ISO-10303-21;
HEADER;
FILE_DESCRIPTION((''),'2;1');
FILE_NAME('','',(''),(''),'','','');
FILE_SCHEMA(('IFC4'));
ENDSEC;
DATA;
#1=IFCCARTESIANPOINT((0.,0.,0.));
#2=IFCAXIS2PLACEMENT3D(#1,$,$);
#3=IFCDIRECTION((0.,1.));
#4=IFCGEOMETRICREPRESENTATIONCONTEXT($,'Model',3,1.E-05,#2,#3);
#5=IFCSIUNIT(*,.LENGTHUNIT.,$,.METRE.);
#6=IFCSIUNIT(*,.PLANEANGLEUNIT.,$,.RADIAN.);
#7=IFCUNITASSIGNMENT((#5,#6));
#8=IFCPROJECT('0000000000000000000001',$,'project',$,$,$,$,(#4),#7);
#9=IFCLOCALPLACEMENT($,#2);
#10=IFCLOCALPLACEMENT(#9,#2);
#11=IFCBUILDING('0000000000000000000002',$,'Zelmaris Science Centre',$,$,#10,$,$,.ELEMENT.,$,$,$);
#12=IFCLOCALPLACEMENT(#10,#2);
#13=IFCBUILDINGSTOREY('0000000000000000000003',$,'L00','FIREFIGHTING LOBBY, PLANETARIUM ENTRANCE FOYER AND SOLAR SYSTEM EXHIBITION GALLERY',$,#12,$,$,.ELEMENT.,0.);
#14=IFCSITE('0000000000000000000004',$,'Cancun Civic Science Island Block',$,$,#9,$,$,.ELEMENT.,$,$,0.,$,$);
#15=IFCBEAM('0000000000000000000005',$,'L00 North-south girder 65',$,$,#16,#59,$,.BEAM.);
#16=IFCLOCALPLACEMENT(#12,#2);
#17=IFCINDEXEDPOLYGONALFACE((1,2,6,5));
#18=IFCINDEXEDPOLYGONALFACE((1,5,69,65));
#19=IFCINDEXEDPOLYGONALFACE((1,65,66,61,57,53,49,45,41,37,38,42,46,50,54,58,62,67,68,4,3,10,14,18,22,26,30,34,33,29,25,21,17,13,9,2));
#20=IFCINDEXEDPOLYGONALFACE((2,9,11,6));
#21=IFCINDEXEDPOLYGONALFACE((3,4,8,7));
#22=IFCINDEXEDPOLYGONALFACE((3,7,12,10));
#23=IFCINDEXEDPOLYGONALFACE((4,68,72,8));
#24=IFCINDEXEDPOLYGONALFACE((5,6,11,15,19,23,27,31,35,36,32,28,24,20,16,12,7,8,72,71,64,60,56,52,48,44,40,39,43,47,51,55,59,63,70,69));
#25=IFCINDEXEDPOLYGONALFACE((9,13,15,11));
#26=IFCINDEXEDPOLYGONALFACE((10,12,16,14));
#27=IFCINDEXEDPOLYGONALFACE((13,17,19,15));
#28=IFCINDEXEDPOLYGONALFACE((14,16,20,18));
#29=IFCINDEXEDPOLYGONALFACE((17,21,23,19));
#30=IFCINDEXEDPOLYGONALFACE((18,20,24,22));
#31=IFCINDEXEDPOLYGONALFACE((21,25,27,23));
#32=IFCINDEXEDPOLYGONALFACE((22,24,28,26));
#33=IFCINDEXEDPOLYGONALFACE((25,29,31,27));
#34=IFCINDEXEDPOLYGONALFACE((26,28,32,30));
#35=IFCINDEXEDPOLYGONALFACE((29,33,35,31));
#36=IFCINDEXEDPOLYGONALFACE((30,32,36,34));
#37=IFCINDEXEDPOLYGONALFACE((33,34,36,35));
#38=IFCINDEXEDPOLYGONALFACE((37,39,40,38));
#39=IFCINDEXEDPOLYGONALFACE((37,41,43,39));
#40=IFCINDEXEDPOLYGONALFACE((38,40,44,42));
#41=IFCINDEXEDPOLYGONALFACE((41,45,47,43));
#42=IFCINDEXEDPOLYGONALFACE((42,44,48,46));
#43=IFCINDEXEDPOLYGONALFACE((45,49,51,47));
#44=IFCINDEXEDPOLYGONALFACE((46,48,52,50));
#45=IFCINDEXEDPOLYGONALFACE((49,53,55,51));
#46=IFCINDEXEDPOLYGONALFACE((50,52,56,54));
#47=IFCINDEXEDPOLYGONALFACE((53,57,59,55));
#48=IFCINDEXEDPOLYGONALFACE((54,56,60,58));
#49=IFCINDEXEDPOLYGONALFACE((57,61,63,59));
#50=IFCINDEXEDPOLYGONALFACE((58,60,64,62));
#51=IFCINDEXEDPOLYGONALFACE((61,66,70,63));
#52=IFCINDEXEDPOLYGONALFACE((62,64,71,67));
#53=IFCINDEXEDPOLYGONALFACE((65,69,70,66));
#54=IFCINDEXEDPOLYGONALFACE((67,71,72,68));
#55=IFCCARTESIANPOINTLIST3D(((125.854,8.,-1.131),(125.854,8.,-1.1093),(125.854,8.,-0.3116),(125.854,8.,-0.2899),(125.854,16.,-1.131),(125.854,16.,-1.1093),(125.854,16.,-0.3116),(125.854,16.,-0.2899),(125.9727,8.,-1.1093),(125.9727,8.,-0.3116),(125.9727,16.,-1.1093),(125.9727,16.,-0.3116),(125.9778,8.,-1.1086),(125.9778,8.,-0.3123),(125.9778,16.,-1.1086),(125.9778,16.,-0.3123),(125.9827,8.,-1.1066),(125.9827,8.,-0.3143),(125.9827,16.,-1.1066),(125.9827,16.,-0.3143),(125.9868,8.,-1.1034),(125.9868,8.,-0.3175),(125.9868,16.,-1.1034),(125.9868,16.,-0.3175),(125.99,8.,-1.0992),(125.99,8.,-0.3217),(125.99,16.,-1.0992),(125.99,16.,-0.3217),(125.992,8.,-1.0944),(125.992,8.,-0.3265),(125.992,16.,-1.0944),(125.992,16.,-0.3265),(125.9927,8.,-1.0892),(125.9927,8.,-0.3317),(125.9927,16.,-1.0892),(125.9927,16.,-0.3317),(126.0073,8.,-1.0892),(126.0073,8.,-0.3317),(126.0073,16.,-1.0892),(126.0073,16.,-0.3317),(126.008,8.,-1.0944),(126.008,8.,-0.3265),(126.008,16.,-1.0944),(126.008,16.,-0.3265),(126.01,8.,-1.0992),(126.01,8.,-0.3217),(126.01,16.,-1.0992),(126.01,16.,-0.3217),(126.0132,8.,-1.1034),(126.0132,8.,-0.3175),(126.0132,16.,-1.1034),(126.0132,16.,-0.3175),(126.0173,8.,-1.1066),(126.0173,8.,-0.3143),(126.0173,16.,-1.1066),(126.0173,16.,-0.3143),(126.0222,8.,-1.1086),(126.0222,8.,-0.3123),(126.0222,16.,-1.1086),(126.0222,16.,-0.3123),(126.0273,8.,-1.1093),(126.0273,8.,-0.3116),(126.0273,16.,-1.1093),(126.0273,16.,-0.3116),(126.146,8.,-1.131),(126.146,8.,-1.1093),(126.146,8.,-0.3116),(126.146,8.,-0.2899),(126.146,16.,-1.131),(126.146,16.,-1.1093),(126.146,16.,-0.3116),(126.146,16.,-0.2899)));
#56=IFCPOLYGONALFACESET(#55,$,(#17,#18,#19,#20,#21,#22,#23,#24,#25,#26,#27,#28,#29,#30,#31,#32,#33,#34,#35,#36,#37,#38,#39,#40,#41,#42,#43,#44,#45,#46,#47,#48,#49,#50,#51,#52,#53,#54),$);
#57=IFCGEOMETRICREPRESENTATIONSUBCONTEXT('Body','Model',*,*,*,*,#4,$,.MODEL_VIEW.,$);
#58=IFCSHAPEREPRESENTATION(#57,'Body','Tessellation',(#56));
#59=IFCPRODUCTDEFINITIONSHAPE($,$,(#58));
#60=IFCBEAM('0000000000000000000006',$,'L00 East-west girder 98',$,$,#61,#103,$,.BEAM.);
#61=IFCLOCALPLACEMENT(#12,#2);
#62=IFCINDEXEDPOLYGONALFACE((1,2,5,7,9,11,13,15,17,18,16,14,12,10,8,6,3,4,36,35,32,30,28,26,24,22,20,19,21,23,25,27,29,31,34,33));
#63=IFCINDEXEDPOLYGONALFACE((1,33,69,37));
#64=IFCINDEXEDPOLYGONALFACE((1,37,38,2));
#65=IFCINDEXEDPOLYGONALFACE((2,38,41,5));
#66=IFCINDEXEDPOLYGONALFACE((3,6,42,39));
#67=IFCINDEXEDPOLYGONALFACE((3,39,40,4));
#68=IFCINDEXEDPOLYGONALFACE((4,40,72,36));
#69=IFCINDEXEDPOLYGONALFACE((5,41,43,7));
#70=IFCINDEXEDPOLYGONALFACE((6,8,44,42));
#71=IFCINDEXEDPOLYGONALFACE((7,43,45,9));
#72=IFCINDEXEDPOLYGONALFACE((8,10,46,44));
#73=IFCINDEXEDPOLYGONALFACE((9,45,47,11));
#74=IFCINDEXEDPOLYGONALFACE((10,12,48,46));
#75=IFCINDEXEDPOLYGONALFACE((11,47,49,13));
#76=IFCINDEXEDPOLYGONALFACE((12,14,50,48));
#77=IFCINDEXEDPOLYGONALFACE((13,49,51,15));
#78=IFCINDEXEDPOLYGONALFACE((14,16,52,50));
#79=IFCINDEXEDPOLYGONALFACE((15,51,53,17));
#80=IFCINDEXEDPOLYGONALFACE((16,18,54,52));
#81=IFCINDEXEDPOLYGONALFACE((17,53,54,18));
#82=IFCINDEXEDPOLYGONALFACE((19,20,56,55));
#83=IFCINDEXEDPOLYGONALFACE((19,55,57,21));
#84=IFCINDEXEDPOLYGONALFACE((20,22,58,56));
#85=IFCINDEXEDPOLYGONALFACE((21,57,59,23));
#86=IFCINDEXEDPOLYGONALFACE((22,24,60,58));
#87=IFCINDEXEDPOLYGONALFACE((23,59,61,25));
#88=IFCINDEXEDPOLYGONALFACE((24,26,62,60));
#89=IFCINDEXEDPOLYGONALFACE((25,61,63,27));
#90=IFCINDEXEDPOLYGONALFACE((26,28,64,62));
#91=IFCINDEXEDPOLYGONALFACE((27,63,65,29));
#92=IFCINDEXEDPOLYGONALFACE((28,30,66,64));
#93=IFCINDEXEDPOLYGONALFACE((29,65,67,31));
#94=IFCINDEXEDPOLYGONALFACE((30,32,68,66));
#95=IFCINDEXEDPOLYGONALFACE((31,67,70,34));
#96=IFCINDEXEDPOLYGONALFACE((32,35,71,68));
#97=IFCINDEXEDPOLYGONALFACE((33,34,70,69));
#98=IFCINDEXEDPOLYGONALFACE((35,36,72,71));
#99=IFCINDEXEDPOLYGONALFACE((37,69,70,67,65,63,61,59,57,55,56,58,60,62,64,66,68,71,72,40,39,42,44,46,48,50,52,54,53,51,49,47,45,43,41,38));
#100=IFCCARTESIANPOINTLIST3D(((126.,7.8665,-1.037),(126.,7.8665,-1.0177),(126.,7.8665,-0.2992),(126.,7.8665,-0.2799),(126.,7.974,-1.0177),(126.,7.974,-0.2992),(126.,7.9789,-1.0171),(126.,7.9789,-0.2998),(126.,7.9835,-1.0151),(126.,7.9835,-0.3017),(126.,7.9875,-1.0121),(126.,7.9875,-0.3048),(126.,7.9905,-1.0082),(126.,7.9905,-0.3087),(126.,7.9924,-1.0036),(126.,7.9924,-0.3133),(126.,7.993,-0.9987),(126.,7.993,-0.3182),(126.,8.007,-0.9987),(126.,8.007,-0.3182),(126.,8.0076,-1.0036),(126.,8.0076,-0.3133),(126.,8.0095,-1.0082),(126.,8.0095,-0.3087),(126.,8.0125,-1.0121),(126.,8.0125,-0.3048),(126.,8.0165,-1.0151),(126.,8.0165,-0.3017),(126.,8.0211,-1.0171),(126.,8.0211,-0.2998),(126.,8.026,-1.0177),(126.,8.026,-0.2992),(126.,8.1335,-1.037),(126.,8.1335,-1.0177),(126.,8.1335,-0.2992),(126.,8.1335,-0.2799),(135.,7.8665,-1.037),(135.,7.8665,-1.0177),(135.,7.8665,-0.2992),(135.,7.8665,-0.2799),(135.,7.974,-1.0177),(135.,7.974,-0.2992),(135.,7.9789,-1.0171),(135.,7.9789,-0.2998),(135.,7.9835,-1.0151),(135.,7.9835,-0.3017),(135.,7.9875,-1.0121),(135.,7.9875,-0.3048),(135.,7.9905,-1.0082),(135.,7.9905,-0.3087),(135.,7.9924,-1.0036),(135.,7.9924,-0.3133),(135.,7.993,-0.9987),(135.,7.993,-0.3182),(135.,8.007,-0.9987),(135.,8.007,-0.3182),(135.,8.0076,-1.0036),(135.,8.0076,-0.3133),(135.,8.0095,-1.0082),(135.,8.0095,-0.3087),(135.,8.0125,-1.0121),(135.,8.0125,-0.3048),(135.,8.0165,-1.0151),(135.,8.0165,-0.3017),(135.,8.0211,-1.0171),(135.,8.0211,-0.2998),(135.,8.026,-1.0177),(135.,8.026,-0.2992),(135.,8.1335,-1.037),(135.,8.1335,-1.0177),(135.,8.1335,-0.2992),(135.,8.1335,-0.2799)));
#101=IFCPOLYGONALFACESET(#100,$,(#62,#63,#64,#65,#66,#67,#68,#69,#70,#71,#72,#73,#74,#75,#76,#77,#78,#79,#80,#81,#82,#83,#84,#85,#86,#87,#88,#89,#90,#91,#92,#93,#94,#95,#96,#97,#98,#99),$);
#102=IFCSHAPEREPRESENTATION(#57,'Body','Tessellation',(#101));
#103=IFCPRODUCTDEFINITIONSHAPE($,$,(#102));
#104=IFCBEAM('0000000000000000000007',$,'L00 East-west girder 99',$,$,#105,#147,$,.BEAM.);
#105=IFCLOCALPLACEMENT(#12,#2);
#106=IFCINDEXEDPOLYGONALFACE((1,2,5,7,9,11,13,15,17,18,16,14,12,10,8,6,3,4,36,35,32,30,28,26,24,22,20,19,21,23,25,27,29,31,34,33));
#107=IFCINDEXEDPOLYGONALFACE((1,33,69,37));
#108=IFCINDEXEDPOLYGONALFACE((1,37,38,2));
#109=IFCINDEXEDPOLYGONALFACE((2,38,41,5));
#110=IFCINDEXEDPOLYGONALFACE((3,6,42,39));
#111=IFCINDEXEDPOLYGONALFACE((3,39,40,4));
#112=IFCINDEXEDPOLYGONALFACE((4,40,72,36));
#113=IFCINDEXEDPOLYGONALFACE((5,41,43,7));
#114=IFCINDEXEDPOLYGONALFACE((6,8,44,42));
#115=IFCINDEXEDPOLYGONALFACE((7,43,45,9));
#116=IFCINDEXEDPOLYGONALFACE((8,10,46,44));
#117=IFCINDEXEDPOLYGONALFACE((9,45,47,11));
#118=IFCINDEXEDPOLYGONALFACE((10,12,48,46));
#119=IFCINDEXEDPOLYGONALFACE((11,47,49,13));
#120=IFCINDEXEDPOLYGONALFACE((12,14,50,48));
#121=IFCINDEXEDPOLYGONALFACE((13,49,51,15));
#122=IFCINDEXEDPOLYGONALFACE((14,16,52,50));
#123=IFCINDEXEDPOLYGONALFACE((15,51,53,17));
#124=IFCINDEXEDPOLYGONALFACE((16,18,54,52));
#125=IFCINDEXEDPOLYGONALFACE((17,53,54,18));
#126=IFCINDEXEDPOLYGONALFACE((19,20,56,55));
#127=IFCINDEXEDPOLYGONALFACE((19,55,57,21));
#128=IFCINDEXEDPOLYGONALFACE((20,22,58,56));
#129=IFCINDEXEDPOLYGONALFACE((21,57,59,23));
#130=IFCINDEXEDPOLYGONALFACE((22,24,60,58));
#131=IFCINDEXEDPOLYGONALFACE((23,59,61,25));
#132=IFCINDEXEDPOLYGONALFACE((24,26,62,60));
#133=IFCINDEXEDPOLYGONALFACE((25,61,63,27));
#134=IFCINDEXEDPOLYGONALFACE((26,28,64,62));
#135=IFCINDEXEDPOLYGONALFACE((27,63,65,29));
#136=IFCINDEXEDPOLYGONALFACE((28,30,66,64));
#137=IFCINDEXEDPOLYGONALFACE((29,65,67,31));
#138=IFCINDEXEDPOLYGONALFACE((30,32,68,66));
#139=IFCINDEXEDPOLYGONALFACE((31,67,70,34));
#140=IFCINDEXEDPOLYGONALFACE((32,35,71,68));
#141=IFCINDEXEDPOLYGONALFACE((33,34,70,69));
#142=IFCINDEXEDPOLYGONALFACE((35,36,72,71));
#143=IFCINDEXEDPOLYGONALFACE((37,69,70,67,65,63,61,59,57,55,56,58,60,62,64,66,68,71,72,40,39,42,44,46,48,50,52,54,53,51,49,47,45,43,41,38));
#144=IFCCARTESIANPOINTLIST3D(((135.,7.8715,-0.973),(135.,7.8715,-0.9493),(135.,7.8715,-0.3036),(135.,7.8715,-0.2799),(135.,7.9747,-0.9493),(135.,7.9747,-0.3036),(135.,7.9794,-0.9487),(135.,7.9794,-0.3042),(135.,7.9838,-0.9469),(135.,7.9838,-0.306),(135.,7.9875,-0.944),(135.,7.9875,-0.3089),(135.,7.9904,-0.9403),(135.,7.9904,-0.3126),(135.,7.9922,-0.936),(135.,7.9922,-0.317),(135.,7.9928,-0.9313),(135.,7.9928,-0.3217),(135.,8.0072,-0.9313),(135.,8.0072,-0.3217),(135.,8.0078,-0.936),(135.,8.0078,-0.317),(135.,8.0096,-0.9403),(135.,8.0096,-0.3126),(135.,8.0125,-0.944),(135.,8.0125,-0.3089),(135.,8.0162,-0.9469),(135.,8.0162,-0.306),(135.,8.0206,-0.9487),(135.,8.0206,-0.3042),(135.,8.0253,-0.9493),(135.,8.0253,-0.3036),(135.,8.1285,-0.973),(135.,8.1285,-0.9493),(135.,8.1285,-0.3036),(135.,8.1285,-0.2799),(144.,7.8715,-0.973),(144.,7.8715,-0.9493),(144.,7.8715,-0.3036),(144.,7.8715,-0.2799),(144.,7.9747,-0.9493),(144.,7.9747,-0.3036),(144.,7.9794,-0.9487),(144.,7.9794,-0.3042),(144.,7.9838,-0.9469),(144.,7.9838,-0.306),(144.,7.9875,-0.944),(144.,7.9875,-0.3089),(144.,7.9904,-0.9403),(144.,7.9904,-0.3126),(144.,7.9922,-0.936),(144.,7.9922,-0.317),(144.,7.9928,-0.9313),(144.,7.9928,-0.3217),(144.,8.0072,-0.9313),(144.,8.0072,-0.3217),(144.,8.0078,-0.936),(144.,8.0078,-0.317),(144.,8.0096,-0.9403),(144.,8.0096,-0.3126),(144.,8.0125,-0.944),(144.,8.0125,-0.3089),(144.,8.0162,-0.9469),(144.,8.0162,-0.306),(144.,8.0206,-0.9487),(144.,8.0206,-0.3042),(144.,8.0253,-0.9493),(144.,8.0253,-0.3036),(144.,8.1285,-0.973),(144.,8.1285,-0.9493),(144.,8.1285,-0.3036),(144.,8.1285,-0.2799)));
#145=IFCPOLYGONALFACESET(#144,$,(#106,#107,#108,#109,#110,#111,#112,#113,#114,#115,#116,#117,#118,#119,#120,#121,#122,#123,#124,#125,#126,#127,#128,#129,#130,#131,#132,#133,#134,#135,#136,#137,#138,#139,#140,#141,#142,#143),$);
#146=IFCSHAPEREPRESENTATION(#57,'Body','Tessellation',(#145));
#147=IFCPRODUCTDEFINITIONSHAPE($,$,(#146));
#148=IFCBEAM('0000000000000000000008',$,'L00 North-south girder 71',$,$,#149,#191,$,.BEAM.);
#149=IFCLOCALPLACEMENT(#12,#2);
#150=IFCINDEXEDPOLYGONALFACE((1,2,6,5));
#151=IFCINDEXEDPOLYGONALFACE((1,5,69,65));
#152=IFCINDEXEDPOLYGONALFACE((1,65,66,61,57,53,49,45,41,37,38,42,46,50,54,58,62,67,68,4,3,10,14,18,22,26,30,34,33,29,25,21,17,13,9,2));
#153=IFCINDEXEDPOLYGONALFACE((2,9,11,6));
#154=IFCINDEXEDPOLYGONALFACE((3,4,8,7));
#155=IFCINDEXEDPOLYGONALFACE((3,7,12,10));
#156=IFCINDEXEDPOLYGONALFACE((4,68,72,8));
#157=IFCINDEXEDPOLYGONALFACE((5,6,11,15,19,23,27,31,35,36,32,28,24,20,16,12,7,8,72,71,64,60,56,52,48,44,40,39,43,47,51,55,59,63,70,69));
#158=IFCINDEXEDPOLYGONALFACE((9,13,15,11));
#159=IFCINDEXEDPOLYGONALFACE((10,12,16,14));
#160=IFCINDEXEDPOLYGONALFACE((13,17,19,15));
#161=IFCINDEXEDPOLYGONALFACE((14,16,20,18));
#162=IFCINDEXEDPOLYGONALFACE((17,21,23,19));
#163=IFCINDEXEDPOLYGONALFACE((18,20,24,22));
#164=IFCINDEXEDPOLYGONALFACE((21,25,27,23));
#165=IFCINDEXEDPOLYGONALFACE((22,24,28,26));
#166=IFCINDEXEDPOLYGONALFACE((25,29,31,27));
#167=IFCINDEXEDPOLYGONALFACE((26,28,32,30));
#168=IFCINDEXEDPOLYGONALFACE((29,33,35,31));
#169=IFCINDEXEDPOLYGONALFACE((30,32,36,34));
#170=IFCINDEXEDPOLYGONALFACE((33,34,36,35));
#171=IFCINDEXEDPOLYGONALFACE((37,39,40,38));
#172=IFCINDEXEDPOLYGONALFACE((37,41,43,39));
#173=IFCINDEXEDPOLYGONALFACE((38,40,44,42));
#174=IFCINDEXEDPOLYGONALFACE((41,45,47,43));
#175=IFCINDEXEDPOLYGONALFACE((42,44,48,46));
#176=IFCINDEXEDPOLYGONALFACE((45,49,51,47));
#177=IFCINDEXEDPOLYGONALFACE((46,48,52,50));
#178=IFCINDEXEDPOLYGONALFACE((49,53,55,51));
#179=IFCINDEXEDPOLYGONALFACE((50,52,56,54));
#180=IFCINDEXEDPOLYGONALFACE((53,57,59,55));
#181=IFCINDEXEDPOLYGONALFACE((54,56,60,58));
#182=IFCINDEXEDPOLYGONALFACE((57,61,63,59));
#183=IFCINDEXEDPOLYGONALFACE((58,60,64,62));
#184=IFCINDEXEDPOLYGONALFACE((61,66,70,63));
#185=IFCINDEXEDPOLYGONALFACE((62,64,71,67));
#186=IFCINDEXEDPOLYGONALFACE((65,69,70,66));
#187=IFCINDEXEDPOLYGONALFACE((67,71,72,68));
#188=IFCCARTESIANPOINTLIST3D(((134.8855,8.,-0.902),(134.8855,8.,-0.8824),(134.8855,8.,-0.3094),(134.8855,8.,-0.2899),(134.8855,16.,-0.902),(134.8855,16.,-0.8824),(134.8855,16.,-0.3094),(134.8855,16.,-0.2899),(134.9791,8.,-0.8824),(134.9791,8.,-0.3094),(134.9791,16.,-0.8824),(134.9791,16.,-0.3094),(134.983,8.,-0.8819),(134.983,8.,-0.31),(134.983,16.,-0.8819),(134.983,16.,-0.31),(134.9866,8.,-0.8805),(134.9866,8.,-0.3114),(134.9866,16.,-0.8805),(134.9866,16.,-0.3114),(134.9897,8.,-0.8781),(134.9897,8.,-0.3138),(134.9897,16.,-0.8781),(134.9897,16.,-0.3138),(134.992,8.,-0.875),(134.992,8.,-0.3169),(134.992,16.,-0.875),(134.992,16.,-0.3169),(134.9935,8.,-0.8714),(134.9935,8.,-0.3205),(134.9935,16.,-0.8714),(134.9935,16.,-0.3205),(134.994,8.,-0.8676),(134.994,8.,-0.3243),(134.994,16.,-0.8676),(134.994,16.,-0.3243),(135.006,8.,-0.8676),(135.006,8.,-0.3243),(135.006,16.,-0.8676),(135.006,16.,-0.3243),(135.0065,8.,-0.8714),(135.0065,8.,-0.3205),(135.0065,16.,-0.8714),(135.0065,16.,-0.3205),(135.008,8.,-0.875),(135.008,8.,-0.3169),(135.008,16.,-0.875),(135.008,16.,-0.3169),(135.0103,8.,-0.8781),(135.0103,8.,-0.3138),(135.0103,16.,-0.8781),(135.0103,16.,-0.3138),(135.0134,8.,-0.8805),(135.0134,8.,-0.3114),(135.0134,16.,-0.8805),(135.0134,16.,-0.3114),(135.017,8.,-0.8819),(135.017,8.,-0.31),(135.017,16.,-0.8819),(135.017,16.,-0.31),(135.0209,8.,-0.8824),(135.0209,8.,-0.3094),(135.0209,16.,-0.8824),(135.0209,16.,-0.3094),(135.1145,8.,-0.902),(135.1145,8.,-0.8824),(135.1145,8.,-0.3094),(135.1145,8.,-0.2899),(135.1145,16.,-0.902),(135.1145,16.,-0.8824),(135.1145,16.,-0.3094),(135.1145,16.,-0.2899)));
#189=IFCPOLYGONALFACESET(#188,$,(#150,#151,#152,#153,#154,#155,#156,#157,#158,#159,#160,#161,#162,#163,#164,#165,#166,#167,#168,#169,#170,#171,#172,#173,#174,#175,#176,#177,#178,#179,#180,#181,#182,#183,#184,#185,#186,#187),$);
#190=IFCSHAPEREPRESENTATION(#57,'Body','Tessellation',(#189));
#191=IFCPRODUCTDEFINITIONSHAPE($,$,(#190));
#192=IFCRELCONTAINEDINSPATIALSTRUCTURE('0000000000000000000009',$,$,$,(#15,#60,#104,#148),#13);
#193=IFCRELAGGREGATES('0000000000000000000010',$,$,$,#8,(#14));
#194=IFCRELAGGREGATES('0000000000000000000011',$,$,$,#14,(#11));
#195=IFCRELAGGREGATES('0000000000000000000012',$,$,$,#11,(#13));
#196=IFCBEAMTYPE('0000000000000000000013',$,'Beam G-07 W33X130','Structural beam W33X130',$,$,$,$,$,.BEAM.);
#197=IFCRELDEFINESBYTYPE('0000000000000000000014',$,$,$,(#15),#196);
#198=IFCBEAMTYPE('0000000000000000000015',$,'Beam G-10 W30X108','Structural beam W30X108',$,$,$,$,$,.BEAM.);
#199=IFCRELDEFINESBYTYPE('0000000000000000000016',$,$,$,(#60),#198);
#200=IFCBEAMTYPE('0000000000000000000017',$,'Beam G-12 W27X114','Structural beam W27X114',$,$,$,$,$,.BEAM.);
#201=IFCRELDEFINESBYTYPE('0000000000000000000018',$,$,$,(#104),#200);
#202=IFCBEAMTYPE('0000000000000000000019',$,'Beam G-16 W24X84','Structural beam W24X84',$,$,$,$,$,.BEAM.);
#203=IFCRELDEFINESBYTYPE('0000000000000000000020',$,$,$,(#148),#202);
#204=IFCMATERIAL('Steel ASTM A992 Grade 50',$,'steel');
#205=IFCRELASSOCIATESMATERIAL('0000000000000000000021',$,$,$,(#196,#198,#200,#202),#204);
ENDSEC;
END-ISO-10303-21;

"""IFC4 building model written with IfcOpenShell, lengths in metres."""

from ifc_helpers import new_model, si_unit, direction, frame, origin, origin_2d, place, context, subcontext, project, spatial, i_section, extrude, material, material_profile, profile_set, type_object, element, save


model = new_model("IFC4")

# Units and contexts
model_context = context("Model", 3, precision=1e-05, world=origin(), true_north=direction((0.0, 1.0)))
body_context = subcontext(model_context, "Body", "Model", "MODEL_VIEW")
ifc_project = project(units=[si_unit("LENGTHUNIT", "METRE"), si_unit("PLANEANGLEUNIT", "RADIAN")], contexts=[model_context])

# Site, building, storey
site_placement = place(None, origin())
site = spatial("IfcSite", under=ifc_project, at=site_placement, Name="Cancun Civic Science Island Block", CompositionType="ELEMENT", RefElevation=0.0)
building_placement = place(site_placement, origin())
building = spatial("IfcBuilding", under=site, at=building_placement, Name="Zelmaris Science Centre", CompositionType="ELEMENT")
storey_placement = place(building_placement, origin())
storey = spatial("IfcBuildingStorey", under=building, at=storey_placement, Name="L00", Description="FIREFIGHTING LOBBY, PLANETARIUM ENTRANCE FOYER AND SOLAR SYSTEM EXHIBITION GALLERY", CompositionType="ELEMENT", Elevation=0.0)

# Beams
ifc_material_1 = material(Name="Steel ASTM A992 Grade 50", Category="steel")
ifc_material_profile_1 = material_profile(ifc_material_1, i_section(OverallWidth=0.292, OverallDepth=0.8411, WebThickness=0.0146, FlangeThickness=0.0217, FilletRadius=0.02, at=origin_2d()), Name="W33X130")
ifc_profile_set_1 = profile_set([ifc_material_profile_1], Name="Steel ASTM A992 Grade 50")
beam_type_1 = type_object("IfcBeamType", Name="Beam G-07 W33X130", Description="Structural beam W33X130", PredefinedType="BEAM", material=ifc_profile_set_1)
beam_1_placement = place(storey_placement, frame((126.0, 8.0, -0.7104), z_axis=(0.0, 1.0, 0.0), x_axis=(-1.0, 0.0, 0.0)))
element("IfcBeam", 1, at=beam_1_placement, inside=storey, type_object=beam_type_1, Name="L00 North-south girder 65", PredefinedType="BEAM", context=body_context, shape_type="SweptSolid", body=[
    extrude(i_section(OverallWidth=0.292, OverallDepth=0.8411, WebThickness=0.0146, FlangeThickness=0.0217, FilletRadius=0.02, at=origin_2d()), origin(), (0.0, 0.0, 1.0), 8.0),
])
ifc_material_profile_2 = material_profile(ifc_material_1, i_section(OverallWidth=0.2671, OverallDepth=0.7571, WebThickness=0.0139, FlangeThickness=0.0193, FilletRadius=0.019, at=origin_2d()), Name="W30X108")
ifc_profile_set_2 = profile_set([ifc_material_profile_2], Name="Steel ASTM A992 Grade 50")
beam_type_2 = type_object("IfcBeamType", Name="Beam G-10 W30X108", Description="Structural beam W30X108", PredefinedType="BEAM", material=ifc_profile_set_2)
beam_2_placement = place(storey_placement, frame((126.0, 8.0, -0.6584), z_axis=(1.0, 0.0, 0.0), x_axis=(0.0, 1.0, 0.0)))
element("IfcBeam", 2, at=beam_2_placement, inside=storey, type_object=beam_type_2, Name="L00 East-west girder 98", PredefinedType="BEAM", context=body_context, shape_type="SweptSolid", body=[
    extrude(i_section(OverallWidth=0.2671, OverallDepth=0.7571, WebThickness=0.0139, FlangeThickness=0.0193, FilletRadius=0.019, at=origin_2d()), origin(), (0.0, 0.0, 1.0), 9.0),
])
ifc_material_profile_3 = material_profile(ifc_material_1, i_section(OverallWidth=0.2571, OverallDepth=0.6931, WebThickness=0.0144, FlangeThickness=0.0237, FilletRadius=0.0181, at=origin_2d()), Name="W27X114")
ifc_profile_set_3 = profile_set([ifc_material_profile_3], Name="Steel ASTM A992 Grade 50")
beam_type_3 = type_object("IfcBeamType", Name="Beam G-12 W27X114", Description="Structural beam W27X114", PredefinedType="BEAM", material=ifc_profile_set_3)
beam_3_placement = place(storey_placement, frame((135.0, 8.0, -0.6265), z_axis=(1.0, 0.0, 0.0), x_axis=(0.0, 1.0, 0.0)))
element("IfcBeam", 3, at=beam_3_placement, inside=storey, type_object=beam_type_3, Name="L00 East-west girder 99", PredefinedType="BEAM", context=body_context, shape_type="SweptSolid", body=[
    extrude(i_section(OverallWidth=0.2571, OverallDepth=0.6931, WebThickness=0.0144, FlangeThickness=0.0237, FilletRadius=0.0181, at=origin_2d()), origin(), (0.0, 0.0, 1.0), 9.0),
])
ifc_material_profile_4 = material_profile(ifc_material_1, i_section(OverallWidth=0.229, OverallDepth=0.6121, WebThickness=0.012, FlangeThickness=0.0195, FilletRadius=0.0149, at=origin_2d()), Name="W24X84")
ifc_profile_set_4 = profile_set([ifc_material_profile_4], Name="Steel ASTM A992 Grade 50")
beam_type_4 = type_object("IfcBeamType", Name="Beam G-16 W24X84", Description="Structural beam W24X84", PredefinedType="BEAM", material=ifc_profile_set_4)
beam_4_placement = place(storey_placement, frame((135.0, 8.0, -0.5959), z_axis=(0.0, 1.0, 0.0), x_axis=(-1.0, 0.0, 0.0)))
element("IfcBeam", 4, at=beam_4_placement, inside=storey, type_object=beam_type_4, Name="L00 North-south girder 71", PredefinedType="BEAM", context=body_context, shape_type="SweptSolid", body=[
    extrude(i_section(OverallWidth=0.229, OverallDepth=0.6121, WebThickness=0.012, FlangeThickness=0.0195, FilletRadius=0.0149, at=origin_2d()), origin(), (0.0, 0.0, 1.0), 8.0),
])

save(model, "model.ifc")
